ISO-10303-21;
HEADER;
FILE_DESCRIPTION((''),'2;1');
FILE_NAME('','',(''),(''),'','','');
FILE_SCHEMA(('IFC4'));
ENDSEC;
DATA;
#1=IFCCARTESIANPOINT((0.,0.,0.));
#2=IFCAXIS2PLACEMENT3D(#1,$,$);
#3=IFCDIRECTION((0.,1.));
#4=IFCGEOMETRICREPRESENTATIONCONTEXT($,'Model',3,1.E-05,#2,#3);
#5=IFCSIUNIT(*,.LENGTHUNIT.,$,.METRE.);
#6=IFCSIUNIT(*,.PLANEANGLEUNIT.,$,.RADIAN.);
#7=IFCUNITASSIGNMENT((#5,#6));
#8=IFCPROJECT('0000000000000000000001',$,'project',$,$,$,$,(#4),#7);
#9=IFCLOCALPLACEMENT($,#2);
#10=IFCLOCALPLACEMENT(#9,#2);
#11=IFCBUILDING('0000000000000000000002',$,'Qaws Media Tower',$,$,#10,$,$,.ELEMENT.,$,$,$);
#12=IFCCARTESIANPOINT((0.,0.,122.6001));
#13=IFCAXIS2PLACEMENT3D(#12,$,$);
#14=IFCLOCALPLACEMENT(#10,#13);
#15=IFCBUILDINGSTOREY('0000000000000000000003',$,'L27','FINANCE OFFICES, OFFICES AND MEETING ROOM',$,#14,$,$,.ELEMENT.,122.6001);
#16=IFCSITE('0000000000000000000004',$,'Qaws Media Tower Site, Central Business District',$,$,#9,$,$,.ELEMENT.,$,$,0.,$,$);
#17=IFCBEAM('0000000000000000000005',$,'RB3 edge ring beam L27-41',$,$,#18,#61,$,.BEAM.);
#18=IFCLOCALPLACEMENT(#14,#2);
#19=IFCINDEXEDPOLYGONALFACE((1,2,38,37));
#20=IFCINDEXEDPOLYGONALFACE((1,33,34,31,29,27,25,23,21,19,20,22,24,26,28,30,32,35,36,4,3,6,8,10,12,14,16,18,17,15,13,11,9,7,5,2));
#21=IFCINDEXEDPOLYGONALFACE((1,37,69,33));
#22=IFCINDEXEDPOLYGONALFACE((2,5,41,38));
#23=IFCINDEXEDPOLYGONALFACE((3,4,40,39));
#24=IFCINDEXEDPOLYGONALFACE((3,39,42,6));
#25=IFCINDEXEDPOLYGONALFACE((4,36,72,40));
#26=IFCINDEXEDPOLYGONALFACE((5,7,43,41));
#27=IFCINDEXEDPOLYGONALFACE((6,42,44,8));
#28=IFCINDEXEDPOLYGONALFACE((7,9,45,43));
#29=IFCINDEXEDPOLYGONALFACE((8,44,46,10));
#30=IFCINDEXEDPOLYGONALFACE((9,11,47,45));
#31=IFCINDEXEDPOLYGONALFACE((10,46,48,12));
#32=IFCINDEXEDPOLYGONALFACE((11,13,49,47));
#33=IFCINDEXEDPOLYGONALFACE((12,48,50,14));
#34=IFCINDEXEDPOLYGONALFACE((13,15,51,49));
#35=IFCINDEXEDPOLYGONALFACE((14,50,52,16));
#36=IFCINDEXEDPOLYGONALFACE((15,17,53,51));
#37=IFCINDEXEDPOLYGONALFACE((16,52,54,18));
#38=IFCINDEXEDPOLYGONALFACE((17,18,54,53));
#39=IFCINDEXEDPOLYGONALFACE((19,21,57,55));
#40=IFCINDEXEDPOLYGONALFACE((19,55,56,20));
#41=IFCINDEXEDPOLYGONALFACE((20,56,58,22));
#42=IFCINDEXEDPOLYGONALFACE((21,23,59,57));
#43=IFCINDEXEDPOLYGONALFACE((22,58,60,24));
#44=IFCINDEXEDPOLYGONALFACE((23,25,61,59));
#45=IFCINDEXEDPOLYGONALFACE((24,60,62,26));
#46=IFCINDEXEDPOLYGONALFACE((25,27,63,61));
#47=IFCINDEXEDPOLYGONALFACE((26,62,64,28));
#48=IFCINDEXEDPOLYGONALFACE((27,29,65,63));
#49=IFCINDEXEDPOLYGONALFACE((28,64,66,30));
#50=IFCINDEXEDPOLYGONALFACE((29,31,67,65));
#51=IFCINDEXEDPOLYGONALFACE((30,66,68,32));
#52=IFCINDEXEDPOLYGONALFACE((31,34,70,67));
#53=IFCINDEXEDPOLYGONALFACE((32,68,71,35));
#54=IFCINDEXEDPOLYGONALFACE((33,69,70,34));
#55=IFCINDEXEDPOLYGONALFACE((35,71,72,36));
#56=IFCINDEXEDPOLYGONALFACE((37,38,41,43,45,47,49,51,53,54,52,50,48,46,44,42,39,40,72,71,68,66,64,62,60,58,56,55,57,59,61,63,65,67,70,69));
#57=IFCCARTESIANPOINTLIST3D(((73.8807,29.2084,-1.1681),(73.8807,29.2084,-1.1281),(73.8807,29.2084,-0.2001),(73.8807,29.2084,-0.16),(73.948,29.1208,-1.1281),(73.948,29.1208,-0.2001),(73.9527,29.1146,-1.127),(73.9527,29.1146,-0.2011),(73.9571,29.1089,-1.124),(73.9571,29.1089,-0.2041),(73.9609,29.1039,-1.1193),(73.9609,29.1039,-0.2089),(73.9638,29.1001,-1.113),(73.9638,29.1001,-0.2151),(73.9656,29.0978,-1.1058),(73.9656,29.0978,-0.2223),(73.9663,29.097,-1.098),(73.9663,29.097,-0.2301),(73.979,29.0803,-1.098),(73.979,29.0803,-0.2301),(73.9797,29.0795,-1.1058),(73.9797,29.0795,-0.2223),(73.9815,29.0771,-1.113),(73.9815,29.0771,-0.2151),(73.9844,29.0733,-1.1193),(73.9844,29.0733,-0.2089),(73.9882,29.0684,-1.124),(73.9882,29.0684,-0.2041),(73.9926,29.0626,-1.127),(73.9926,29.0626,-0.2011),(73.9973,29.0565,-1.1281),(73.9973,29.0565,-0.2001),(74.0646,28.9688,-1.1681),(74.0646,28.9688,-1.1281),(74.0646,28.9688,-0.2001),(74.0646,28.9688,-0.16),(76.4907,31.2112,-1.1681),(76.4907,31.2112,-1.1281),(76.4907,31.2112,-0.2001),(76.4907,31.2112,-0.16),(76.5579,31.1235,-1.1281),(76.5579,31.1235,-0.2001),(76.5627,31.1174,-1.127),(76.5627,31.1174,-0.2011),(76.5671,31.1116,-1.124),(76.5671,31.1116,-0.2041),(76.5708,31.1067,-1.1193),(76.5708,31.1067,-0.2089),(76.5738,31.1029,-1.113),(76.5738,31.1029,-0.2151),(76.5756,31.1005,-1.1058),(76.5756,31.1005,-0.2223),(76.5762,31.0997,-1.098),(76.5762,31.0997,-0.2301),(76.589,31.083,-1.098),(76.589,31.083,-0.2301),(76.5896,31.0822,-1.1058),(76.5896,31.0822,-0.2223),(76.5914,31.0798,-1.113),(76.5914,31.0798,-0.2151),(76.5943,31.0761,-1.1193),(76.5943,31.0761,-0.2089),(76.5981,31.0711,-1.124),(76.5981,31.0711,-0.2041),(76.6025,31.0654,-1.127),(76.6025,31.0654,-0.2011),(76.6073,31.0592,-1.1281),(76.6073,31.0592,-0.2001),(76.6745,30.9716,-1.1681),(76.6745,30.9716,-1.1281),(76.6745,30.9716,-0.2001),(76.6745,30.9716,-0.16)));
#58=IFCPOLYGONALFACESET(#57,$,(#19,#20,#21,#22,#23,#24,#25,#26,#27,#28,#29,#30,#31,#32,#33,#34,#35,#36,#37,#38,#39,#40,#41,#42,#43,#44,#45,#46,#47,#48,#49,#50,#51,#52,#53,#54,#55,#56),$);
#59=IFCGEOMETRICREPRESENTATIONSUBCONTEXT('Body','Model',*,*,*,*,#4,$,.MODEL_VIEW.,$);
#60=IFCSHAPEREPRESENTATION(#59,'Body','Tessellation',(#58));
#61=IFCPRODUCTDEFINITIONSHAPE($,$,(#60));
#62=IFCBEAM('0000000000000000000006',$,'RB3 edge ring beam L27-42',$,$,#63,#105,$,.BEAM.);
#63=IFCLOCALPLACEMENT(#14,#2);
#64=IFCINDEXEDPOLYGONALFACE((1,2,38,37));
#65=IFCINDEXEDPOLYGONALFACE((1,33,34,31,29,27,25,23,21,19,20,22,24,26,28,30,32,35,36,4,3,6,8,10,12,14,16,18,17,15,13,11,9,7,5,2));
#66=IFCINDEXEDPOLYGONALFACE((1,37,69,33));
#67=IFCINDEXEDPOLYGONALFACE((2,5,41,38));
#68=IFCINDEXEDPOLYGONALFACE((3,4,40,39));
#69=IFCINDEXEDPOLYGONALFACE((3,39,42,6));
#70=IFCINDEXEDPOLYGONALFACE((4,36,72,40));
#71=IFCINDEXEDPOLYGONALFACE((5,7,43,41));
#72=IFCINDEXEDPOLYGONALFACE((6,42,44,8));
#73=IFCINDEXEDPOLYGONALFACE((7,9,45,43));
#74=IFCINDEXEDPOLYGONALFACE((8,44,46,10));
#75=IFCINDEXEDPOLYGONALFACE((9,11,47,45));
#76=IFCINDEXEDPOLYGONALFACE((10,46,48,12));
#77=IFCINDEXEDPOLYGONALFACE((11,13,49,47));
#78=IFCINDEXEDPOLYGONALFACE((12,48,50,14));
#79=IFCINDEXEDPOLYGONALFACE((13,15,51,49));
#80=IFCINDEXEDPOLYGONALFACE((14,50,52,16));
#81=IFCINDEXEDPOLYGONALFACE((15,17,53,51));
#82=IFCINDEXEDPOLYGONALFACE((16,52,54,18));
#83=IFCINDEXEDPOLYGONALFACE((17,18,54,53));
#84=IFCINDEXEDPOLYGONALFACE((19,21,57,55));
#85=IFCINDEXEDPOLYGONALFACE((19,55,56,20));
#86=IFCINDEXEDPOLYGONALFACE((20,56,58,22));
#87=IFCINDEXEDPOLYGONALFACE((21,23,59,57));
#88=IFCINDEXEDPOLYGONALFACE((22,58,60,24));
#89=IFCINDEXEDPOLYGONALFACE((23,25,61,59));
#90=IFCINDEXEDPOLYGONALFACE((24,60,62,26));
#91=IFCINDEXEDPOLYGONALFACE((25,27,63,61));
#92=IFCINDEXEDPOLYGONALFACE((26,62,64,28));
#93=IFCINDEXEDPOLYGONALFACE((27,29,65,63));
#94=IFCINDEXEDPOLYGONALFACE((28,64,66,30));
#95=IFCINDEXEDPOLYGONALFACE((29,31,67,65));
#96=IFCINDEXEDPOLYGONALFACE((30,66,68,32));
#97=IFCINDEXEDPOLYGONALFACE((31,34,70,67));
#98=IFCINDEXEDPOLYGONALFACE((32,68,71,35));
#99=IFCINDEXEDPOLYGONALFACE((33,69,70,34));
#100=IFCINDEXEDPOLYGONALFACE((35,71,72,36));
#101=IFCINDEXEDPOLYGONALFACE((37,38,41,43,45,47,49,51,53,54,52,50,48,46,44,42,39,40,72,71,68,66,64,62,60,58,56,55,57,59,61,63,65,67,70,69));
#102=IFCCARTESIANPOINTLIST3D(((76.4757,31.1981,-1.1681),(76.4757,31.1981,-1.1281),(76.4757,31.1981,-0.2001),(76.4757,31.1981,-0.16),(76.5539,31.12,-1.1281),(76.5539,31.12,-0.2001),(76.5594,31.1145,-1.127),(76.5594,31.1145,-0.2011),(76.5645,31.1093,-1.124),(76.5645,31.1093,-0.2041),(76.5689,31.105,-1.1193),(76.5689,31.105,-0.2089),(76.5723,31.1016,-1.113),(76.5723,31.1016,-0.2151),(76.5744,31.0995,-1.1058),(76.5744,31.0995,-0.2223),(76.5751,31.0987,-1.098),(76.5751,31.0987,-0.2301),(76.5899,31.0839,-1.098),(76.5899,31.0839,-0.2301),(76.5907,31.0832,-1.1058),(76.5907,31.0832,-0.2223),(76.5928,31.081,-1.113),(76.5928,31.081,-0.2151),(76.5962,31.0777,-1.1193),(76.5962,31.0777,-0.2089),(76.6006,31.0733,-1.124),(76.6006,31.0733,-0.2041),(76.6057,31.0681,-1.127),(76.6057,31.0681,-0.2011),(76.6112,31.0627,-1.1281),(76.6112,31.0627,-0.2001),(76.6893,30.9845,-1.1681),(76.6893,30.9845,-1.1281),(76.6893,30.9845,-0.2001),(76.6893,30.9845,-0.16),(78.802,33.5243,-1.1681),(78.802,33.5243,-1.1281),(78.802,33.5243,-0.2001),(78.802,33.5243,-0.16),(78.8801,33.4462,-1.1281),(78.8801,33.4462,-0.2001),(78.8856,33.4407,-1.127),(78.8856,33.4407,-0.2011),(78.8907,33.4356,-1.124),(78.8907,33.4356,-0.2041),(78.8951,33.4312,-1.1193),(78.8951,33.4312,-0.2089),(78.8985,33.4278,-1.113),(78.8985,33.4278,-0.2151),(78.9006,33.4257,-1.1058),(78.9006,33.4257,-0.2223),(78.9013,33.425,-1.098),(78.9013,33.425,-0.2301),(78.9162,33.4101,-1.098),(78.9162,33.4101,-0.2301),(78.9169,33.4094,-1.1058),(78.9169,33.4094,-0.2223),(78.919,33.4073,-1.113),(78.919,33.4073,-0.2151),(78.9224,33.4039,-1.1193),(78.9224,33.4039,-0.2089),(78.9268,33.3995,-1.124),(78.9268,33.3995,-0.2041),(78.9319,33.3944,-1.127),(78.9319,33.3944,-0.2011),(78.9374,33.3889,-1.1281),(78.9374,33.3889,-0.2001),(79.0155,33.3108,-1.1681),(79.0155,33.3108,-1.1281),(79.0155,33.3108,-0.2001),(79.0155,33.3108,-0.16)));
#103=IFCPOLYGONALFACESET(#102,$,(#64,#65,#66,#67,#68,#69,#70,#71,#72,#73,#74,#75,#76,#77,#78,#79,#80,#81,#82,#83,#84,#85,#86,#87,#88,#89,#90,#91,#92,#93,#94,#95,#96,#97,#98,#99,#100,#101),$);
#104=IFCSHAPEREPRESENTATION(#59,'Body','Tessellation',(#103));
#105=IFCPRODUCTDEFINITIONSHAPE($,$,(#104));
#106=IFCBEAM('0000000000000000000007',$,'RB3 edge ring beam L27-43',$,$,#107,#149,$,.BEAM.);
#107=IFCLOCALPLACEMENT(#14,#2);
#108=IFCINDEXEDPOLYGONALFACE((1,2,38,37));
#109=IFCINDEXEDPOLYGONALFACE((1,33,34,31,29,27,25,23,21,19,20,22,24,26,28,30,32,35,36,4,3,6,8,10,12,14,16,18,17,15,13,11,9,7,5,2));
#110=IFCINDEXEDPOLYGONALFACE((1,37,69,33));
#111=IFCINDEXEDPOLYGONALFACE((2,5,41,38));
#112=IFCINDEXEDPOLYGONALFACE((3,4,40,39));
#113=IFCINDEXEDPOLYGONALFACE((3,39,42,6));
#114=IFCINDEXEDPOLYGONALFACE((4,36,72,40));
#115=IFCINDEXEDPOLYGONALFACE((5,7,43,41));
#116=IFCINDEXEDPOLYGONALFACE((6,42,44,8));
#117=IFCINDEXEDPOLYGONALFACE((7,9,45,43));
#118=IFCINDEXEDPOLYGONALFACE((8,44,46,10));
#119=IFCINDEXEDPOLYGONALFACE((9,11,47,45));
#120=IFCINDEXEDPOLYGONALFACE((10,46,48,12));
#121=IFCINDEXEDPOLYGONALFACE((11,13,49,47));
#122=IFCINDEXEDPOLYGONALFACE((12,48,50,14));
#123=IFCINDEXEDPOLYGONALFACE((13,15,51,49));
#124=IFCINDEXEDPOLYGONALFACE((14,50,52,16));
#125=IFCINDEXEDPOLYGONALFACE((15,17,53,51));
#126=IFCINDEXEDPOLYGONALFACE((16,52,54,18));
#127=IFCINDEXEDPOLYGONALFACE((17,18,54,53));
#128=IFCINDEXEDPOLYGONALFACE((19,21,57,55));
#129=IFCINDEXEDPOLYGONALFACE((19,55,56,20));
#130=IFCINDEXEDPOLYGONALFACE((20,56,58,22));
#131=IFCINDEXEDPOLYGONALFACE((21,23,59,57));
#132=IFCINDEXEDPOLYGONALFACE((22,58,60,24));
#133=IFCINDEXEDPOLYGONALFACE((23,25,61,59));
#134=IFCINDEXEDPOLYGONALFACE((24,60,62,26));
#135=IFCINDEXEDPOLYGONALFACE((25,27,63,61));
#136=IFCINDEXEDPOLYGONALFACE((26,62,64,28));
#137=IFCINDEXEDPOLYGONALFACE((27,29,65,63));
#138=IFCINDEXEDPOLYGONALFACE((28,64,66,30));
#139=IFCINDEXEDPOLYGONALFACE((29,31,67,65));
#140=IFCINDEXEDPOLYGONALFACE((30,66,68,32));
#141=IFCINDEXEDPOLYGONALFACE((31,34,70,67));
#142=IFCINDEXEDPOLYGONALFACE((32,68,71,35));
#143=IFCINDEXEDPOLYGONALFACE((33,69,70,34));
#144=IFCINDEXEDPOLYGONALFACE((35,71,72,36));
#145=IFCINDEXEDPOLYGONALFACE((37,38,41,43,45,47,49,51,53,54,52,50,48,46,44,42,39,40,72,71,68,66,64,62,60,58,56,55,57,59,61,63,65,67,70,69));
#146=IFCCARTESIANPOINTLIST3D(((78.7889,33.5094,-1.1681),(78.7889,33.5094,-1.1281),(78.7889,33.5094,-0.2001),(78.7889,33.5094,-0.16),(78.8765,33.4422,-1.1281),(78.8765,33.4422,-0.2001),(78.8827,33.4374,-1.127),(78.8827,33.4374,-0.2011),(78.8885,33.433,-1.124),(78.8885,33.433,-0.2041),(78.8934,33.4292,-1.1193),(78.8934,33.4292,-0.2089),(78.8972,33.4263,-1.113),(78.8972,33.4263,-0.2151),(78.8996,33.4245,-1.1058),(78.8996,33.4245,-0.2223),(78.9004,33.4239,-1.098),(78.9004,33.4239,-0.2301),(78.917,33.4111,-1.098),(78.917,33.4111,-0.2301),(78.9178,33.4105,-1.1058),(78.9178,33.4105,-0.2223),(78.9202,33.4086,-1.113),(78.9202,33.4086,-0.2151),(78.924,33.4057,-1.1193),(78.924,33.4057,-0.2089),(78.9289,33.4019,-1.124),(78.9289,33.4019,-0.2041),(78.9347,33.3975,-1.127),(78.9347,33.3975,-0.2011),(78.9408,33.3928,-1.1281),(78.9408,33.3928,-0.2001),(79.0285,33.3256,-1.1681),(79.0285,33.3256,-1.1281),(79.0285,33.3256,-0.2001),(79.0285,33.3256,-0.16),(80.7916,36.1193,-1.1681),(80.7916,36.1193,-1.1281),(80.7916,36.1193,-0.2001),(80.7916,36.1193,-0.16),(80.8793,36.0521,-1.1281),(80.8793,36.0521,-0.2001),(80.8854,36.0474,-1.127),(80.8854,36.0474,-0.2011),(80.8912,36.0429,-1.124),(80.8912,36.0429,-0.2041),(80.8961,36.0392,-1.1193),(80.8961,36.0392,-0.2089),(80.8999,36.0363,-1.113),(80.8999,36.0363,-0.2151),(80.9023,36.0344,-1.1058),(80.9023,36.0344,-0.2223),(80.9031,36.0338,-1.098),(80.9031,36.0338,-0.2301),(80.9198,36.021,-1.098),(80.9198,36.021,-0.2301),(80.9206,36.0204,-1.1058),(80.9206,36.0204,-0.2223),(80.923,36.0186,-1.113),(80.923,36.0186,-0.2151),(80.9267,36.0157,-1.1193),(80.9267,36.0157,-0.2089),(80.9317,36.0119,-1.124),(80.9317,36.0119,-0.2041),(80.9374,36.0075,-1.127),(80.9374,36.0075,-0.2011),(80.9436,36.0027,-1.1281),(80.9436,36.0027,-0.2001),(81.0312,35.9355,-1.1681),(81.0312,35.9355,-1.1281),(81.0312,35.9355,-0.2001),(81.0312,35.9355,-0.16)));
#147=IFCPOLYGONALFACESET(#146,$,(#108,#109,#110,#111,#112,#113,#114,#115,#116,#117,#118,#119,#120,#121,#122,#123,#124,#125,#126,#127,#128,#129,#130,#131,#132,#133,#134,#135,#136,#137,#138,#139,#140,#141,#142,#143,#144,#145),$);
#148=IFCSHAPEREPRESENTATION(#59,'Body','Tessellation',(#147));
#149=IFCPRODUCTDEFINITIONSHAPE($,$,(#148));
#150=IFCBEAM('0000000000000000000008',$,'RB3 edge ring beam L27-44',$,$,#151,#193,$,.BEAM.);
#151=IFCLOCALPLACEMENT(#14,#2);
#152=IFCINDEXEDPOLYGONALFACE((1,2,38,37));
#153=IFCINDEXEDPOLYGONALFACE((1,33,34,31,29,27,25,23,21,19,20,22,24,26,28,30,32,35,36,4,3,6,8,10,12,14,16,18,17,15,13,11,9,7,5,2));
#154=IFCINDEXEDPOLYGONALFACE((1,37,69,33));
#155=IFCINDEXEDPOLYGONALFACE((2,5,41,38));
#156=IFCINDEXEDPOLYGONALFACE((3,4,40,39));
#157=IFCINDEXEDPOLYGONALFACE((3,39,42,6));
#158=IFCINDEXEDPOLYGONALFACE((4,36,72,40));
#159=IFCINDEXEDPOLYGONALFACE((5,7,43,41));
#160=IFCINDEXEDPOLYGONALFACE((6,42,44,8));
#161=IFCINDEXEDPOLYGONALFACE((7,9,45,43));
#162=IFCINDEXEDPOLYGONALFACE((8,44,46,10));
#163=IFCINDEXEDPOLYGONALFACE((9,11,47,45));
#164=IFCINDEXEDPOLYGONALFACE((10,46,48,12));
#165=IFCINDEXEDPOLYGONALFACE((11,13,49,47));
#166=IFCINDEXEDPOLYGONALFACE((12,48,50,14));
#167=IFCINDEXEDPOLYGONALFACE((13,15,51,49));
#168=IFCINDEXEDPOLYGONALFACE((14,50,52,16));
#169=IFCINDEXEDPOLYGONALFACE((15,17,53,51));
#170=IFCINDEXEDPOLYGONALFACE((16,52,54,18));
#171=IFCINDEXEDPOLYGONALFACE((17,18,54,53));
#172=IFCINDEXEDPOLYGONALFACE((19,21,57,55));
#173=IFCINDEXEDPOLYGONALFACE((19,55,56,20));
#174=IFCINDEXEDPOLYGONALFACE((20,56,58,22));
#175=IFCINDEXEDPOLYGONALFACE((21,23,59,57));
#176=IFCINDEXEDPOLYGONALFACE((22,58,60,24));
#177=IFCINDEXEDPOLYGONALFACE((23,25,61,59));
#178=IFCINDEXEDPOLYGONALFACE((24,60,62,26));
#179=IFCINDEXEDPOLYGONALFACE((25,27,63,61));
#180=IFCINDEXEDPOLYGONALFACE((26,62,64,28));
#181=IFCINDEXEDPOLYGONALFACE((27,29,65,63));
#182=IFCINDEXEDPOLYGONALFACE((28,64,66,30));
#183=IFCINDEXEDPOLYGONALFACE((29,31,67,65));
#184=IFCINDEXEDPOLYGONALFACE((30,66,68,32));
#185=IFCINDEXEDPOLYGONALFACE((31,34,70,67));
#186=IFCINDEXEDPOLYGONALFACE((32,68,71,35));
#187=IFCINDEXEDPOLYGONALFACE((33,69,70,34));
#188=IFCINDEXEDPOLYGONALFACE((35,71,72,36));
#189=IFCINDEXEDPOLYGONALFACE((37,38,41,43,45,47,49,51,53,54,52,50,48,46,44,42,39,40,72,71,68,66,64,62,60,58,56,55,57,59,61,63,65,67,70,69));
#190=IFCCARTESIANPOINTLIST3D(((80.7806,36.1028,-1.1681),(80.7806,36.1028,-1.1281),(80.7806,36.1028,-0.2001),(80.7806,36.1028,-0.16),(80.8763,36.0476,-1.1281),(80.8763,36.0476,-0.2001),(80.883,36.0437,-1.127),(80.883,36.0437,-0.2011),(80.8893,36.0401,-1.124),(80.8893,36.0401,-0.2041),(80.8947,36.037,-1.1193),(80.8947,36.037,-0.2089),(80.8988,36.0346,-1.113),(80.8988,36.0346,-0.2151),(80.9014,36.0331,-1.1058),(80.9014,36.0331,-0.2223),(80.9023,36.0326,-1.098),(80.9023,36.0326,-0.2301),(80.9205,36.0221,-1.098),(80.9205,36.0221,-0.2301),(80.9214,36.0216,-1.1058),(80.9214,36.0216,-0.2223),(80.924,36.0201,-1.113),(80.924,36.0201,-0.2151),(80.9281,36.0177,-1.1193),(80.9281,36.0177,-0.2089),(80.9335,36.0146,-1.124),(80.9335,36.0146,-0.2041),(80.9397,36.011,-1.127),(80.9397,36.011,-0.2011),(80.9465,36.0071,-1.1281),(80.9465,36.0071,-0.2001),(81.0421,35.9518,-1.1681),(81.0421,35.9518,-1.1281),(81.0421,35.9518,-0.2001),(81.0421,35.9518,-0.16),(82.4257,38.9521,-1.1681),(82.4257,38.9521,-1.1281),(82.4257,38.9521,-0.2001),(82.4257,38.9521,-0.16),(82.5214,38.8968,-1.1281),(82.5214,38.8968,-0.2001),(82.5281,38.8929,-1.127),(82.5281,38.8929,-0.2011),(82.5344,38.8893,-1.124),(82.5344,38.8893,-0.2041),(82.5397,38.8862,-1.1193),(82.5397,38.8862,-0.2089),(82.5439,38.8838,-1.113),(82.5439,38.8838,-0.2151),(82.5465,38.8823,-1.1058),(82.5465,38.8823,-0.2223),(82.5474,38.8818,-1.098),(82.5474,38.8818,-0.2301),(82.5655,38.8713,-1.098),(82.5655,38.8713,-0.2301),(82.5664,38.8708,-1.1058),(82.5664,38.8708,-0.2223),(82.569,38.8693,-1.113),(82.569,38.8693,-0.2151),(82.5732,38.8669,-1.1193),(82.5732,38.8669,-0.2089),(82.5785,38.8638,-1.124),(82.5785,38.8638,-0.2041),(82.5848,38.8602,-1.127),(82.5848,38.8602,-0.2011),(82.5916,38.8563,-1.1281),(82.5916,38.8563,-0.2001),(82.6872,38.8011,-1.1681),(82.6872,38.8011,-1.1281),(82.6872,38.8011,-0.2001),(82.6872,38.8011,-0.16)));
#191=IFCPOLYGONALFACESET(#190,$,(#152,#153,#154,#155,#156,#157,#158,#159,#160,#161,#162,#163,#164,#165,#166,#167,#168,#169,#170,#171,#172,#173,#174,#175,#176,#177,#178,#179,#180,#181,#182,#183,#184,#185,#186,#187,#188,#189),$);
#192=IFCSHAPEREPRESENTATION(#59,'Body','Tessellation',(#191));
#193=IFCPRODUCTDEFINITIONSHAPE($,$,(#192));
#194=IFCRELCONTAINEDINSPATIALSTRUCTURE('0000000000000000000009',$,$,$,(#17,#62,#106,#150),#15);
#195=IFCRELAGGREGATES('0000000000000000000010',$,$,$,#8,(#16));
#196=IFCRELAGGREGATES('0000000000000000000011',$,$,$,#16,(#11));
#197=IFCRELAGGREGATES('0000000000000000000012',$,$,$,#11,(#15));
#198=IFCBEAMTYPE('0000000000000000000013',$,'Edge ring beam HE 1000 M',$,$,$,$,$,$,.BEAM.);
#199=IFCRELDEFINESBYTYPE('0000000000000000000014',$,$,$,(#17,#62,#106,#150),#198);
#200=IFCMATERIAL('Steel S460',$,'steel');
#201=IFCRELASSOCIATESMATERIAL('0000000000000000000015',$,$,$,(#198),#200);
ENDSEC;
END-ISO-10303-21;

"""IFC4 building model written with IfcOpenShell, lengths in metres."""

from ifc_helpers import new_model, si_unit, direction, frame, origin, origin_2d, place, context, subcontext, project, spatial, i_section, extrude, material, material_profile, profile_set, type_object, element, save


model = new_model("IFC4")

# Units and contexts
model_context = context("Model", 3, precision=1e-05, world=origin(), true_north=direction((0.0, 1.0)))
body_context = subcontext(model_context, "Body", "Model", "MODEL_VIEW")
ifc_project = project(units=[si_unit("LENGTHUNIT", "METRE"), si_unit("PLANEANGLEUNIT", "RADIAN")], contexts=[model_context])

# Site, building, storey
site_placement = place(None, origin())
site = spatial("IfcSite", under=ifc_project, at=site_placement, Name="Qaws Media Tower Site, Central Business District", CompositionType="ELEMENT", RefElevation=0.0)
building_placement = place(site_placement, origin())
building = spatial("IfcBuilding", under=site, at=building_placement, Name="Qaws Media Tower", CompositionType="ELEMENT")
storey_placement = place(building_placement, frame((0.0, 0.0, 122.6001)))
storey = spatial("IfcBuildingStorey", under=building, at=storey_placement, Name="L27", Description="FINANCE OFFICES, OFFICES AND MEETING ROOM", CompositionType="ELEMENT", Elevation=122.6001)

# Beams
ifc_material_1 = material(Name="Steel S460", Category="steel")
ifc_material_profile_1 = material_profile(ifc_material_1, i_section(OverallWidth=0.302, OverallDepth=1.0081, WebThickness=0.021, FlangeThickness=0.04, FilletRadius=0.03, at=origin_2d()), Name="HE 1000 M")
ifc_profile_set_1 = profile_set([ifc_material_profile_1], Name="Steel S460")
beam_type = type_object("IfcBeamType", Name="Edge ring beam HE 1000 M", PredefinedType="BEAM", material=ifc_profile_set_1)
for number, where, z_axis, x_axis, name in (
    (1, (73.9727, 29.0886, -0.6641), (0.793344, 0.608774, 0.0), (-0.608774, 0.793344, 0.0), "RB3 edge ring beam L27-41"),
    (2, (76.5825, 31.0913, -0.6641), (0.707107, 0.707107, 0.0), (-0.707107, 0.707107, 0.0), "RB3 edge ring beam L27-42"),
    (3, (78.9087, 33.4175, -0.6641), (0.608774, 0.793344, 0.0), (-0.793344, 0.608774, 0.0), "RB3 edge ring beam L27-43"),
):
    element("IfcBeam", number, at=place(storey_placement, frame(where, z_axis=z_axis, x_axis=x_axis)), inside=storey, type_object=beam_type, Name=name, PredefinedType="BEAM", context=body_context, shape_type="SweptSolid", body=[
        extrude(i_section(OverallWidth=0.302, OverallDepth=1.0081, WebThickness=0.021, FlangeThickness=0.04, FilletRadius=0.03, at=origin_2d()), origin(), (0.0, 0.0, 1.0), 3.2898),
    ])
beam_1_placement = place(storey_placement, frame((80.9114, 36.0273, -0.6641), z_axis=(0.500018, 0.866015, 0.0), x_axis=(-0.866015, 0.500018, 0.0)))
element("IfcBeam", 4, at=beam_1_placement, inside=storey, type_object=beam_type, Name="RB3 edge ring beam L27-44", PredefinedType="BEAM", context=body_context, shape_type="SweptSolid", body=[
    extrude(i_section(OverallWidth=0.302, OverallDepth=1.0081, WebThickness=0.021, FlangeThickness=0.04, FilletRadius=0.03, at=origin_2d()), origin(), (0.0, 0.0, 1.0), 3.29),
])

save(model, "model.ifc")
